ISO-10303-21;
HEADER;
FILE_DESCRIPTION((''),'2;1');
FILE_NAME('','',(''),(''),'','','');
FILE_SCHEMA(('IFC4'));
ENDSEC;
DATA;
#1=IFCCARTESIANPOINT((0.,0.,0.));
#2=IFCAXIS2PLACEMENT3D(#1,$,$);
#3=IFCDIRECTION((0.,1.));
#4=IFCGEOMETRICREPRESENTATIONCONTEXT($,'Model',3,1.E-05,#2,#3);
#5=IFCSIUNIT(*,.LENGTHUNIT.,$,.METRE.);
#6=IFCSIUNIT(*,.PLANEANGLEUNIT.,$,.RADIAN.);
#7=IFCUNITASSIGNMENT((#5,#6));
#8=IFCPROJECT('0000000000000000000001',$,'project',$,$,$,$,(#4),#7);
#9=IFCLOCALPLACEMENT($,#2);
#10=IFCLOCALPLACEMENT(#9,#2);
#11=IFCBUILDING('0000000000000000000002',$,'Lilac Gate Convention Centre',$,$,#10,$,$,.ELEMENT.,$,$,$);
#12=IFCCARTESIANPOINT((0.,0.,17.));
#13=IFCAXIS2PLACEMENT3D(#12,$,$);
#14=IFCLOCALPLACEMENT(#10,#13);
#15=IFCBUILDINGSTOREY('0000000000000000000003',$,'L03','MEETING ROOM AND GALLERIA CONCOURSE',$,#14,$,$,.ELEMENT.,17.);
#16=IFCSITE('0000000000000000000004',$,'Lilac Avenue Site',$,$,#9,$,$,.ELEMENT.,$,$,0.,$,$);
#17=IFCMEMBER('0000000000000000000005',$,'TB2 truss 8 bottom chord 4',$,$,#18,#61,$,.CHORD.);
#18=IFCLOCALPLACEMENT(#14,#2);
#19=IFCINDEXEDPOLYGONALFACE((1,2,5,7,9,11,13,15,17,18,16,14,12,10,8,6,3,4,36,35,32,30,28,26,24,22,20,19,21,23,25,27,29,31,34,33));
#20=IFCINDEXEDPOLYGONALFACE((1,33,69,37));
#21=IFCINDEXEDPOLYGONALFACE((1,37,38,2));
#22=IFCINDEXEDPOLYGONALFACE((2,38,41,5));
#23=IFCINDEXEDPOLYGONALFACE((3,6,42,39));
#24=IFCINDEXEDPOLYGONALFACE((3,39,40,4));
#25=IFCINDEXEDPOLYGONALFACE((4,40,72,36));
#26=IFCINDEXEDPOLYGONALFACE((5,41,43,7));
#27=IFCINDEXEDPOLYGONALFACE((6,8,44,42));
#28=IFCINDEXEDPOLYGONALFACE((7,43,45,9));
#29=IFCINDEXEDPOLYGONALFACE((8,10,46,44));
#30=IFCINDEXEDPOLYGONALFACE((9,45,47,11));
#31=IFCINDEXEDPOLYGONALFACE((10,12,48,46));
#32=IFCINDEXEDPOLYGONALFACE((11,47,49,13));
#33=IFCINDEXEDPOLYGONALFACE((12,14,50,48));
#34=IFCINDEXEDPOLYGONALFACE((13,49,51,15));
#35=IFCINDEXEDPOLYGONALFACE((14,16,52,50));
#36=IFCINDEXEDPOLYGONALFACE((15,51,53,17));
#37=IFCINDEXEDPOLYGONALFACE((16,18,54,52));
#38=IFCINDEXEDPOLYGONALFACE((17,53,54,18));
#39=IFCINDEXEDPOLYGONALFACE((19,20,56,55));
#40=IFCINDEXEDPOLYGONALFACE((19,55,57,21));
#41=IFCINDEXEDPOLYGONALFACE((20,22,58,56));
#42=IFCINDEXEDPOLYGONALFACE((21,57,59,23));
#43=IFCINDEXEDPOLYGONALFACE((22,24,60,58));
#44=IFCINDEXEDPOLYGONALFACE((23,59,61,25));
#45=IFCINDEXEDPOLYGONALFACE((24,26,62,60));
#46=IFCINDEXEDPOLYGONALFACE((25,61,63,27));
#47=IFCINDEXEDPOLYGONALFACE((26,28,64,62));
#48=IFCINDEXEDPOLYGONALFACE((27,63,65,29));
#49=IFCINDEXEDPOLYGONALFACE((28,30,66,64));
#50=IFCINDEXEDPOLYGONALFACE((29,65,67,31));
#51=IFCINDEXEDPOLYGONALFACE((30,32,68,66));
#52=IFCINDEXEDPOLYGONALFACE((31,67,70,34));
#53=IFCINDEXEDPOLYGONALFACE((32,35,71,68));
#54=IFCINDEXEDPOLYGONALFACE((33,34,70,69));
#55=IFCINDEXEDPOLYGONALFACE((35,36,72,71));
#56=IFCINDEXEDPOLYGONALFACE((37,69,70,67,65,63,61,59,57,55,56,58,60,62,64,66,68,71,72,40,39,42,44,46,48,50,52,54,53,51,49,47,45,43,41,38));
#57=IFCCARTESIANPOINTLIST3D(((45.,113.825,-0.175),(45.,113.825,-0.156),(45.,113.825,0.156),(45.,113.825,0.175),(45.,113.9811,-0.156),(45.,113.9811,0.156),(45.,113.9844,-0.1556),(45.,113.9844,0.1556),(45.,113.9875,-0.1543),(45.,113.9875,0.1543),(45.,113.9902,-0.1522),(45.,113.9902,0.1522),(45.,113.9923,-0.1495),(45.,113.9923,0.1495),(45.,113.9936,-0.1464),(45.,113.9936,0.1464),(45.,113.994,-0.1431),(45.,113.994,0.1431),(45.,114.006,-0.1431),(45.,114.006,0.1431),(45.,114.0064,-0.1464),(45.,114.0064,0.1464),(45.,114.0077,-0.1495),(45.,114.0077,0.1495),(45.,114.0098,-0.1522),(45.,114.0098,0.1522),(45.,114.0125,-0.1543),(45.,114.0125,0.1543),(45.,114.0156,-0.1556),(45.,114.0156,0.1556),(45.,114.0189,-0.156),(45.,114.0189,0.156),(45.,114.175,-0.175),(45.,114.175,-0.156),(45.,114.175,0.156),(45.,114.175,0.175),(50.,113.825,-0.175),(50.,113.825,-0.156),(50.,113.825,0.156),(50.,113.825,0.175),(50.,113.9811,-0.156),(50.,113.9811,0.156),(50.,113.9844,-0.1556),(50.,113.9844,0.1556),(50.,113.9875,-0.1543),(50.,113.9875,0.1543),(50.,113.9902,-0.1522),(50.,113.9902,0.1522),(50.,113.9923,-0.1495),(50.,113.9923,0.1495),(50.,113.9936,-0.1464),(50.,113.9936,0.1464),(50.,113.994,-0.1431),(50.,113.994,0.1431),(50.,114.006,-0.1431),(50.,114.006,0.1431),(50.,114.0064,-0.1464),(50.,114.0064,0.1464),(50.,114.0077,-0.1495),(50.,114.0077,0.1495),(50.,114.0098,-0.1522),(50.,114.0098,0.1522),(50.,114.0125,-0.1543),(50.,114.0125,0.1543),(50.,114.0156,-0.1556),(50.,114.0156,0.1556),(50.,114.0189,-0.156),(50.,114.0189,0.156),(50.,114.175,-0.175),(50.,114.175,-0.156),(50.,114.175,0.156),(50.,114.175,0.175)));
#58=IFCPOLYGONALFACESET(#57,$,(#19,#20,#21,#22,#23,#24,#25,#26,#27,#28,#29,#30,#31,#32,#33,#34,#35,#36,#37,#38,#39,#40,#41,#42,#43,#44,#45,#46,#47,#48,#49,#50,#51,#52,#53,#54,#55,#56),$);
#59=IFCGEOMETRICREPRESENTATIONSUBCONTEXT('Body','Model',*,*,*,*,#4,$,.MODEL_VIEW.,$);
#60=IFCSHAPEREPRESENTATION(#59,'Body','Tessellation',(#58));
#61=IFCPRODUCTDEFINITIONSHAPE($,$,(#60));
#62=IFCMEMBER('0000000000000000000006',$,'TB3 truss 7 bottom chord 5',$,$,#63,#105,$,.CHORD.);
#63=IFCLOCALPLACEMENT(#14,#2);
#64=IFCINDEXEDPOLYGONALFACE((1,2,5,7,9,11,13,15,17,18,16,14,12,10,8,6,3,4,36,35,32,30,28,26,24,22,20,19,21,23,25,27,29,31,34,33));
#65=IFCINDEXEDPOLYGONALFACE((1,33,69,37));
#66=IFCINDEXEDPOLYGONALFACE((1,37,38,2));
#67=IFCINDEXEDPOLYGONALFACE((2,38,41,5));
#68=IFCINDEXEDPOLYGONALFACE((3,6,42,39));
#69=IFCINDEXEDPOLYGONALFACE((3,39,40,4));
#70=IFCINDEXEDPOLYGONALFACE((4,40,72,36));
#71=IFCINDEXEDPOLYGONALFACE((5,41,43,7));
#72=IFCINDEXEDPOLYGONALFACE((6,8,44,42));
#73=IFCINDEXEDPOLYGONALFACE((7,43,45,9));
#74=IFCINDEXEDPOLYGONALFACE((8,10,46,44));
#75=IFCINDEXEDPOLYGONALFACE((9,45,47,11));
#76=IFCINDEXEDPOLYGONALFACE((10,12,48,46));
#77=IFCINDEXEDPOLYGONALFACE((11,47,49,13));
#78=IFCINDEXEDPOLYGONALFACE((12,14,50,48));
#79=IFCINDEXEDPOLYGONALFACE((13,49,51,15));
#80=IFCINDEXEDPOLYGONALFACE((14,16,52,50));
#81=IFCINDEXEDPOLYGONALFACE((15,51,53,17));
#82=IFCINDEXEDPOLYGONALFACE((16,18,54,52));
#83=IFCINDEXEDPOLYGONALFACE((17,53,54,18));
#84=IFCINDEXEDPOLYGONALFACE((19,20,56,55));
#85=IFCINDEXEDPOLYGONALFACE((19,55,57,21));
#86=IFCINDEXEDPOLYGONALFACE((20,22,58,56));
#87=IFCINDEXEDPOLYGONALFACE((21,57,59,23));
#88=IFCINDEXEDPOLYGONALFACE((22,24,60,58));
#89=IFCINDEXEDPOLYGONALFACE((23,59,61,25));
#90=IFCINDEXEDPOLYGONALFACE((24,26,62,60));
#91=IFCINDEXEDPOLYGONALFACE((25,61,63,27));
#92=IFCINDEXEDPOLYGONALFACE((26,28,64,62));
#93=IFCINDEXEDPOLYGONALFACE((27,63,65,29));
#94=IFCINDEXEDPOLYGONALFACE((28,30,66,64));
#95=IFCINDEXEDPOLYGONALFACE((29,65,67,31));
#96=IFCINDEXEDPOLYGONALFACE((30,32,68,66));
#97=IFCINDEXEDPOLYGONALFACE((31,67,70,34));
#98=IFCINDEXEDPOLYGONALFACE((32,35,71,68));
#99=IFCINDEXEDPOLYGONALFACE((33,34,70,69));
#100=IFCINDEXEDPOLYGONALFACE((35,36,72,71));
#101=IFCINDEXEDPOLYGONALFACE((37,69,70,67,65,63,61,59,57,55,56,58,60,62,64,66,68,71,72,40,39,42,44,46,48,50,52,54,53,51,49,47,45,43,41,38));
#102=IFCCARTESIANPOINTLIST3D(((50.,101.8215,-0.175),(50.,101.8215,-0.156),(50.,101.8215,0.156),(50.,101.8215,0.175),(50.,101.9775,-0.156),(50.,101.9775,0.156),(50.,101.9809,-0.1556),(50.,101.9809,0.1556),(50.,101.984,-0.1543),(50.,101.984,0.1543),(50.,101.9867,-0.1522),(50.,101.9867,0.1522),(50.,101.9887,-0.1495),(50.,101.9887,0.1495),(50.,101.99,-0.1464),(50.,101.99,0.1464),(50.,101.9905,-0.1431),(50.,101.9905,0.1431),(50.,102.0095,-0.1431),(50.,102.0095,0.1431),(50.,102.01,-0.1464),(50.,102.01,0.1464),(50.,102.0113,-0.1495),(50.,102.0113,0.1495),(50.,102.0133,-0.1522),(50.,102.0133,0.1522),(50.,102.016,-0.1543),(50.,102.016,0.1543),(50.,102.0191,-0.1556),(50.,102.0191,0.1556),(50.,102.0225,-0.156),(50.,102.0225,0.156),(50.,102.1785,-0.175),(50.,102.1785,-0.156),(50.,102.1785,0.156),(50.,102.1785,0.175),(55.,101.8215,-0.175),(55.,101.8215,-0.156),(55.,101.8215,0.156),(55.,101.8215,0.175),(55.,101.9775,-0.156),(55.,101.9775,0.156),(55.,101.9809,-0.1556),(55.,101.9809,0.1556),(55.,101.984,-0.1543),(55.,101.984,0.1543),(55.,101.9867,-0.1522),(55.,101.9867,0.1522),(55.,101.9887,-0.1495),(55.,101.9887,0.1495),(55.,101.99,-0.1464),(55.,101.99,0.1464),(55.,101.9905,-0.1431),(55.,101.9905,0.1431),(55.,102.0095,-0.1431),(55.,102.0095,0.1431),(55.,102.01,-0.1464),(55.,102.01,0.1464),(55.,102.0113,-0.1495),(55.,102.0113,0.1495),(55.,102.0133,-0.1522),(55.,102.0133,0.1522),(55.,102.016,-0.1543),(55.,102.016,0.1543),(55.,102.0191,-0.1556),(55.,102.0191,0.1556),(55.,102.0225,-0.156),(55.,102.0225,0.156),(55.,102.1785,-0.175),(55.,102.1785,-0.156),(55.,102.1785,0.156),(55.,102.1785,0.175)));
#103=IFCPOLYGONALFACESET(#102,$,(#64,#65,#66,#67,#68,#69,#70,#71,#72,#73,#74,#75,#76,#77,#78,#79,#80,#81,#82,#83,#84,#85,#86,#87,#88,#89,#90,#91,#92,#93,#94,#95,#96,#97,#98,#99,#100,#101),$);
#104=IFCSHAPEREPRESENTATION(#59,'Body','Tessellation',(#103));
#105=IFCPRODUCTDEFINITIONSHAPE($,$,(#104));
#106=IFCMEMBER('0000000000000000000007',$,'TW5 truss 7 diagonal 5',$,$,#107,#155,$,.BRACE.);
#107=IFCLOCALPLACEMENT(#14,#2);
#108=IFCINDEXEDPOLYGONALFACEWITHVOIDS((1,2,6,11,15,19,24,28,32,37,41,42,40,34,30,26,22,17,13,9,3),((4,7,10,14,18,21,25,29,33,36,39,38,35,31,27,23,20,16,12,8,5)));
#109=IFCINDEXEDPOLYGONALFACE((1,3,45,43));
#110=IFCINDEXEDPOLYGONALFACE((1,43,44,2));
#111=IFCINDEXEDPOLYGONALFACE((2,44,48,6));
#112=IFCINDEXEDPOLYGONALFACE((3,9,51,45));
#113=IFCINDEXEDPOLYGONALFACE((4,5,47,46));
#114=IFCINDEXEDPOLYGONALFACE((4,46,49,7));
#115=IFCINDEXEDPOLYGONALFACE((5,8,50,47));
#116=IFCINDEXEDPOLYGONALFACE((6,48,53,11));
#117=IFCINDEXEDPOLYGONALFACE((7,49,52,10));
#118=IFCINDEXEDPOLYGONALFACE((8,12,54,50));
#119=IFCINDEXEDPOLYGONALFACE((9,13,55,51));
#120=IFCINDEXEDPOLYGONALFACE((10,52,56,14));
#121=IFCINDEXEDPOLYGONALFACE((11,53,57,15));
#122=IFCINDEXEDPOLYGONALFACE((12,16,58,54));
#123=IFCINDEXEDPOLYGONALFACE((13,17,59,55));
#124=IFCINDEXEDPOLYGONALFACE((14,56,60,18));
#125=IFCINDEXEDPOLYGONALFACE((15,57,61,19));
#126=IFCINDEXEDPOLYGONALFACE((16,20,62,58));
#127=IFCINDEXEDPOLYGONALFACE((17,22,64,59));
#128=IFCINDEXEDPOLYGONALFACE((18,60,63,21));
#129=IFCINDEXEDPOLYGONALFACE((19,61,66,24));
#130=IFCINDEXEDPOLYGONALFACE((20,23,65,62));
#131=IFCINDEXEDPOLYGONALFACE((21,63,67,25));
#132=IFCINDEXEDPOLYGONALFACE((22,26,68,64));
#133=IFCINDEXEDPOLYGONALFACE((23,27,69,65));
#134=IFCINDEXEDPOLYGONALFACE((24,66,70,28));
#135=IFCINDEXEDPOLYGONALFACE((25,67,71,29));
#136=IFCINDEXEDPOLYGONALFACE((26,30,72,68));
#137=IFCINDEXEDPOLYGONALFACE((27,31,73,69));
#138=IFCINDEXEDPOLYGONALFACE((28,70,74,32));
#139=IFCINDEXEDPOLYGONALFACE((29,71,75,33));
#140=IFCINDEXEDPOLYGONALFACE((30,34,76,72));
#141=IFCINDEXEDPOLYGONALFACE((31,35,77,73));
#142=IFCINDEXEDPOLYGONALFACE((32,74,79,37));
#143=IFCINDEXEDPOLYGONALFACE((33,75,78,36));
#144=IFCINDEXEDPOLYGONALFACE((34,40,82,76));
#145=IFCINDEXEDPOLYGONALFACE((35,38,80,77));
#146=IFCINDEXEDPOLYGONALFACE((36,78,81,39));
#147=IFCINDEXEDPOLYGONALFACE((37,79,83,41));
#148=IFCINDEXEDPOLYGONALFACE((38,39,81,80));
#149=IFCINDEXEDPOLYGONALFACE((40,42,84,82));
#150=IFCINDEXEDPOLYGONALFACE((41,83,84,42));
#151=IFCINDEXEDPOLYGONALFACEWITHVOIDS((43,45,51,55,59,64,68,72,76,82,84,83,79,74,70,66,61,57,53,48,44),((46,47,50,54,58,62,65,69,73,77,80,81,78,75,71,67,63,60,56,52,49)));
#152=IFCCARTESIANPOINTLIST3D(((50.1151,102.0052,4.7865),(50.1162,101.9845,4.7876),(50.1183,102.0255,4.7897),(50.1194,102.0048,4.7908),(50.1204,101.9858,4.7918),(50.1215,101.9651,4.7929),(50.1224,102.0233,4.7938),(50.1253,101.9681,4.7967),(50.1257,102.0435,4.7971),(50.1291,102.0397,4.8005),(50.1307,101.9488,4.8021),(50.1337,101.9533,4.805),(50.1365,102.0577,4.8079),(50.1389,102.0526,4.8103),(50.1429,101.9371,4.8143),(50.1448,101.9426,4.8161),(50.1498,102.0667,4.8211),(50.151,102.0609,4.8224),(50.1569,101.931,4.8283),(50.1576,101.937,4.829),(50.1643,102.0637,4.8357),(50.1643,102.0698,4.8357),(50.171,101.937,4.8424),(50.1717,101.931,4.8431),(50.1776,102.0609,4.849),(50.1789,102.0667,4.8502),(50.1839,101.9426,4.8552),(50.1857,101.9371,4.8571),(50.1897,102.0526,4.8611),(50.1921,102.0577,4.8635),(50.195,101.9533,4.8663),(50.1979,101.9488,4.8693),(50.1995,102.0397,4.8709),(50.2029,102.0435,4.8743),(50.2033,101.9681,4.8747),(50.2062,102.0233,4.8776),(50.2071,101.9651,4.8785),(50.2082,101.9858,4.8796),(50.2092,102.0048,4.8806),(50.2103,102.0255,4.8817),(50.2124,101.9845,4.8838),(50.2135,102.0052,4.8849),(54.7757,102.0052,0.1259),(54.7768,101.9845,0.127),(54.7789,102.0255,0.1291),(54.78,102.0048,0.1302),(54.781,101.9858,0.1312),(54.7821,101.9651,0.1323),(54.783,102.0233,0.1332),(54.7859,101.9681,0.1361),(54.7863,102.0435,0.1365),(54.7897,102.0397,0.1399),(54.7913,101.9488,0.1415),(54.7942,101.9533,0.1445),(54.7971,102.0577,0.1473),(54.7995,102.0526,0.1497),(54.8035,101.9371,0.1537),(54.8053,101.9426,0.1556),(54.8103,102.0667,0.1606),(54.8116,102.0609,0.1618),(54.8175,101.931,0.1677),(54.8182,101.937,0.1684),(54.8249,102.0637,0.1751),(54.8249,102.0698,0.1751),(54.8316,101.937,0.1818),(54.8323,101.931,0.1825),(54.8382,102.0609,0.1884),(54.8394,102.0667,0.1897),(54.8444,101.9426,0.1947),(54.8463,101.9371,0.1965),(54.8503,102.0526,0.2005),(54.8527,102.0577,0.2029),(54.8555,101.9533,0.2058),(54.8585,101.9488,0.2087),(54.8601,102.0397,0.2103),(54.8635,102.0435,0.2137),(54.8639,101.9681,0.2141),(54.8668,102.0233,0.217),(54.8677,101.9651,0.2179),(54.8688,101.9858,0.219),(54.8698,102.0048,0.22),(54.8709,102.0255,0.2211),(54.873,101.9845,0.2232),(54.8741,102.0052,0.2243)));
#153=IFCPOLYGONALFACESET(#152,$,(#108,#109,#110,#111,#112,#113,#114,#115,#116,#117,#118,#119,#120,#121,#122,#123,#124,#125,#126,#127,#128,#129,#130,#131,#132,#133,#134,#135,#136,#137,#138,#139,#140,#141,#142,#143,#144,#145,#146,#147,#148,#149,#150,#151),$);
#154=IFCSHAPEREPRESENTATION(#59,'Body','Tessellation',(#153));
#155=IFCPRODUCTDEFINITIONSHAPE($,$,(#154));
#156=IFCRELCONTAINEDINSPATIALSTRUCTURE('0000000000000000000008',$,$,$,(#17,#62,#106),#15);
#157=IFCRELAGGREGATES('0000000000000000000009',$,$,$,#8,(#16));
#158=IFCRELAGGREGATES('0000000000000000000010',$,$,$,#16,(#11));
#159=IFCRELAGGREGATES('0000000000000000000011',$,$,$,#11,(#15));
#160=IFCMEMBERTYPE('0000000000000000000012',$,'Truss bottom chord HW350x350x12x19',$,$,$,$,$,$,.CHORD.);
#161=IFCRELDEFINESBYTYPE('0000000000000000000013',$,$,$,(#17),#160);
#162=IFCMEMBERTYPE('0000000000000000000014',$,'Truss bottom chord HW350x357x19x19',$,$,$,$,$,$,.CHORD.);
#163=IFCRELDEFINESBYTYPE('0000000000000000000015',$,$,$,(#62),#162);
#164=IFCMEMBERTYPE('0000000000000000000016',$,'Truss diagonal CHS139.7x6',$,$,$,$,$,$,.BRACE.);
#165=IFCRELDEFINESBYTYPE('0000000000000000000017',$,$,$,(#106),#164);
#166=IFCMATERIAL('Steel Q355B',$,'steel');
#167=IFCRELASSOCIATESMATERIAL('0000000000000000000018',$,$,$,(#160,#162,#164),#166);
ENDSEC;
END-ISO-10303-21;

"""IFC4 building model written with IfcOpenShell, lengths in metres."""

from ifc_helpers import new_model, si_unit, direction, frame, origin, origin_2d, place, context, subcontext, project, spatial, hollow_circle, i_section, extrude, material, material_profile, profile_set, type_object, element, save


model = new_model("IFC4")

# Units and contexts
model_context = context("Model", 3, precision=1e-05, world=origin(), true_north=direction((0.0, 1.0)))
body_context = subcontext(model_context, "Body", "Model", "MODEL_VIEW")
ifc_project = project(units=[si_unit("LENGTHUNIT", "METRE"), si_unit("PLANEANGLEUNIT", "RADIAN")], contexts=[model_context])

# Site, building, storey
site_placement = place(None, origin())
site = spatial("IfcSite", under=ifc_project, at=site_placement, Name="Lilac Avenue Site", CompositionType="ELEMENT", RefElevation=0.0)
building_placement = place(site_placement, origin())
building = spatial("IfcBuilding", under=site, at=building_placement, Name="Lilac Gate Convention Centre", CompositionType="ELEMENT")
storey_placement = place(building_placement, frame((0.0, 0.0, 17.0)))
storey = spatial("IfcBuildingStorey", under=building, at=storey_placement, Name="L03", Description="MEETING ROOM AND GALLERIA CONCOURSE", CompositionType="ELEMENT", Elevation=17.0)

# Members
ifc_material = material(Name="Steel Q355B", Category="steel")
ifc_material_profile_1 = material_profile(ifc_material, i_section(OverallWidth=0.3501, OverallDepth=0.3501, WebThickness=0.012, FlangeThickness=0.019, FilletRadius=0.0129, at=origin_2d()), Name="HW350x350x12x19")
ifc_profile_set_1 = profile_set([ifc_material_profile_1], Name="Steel Q355B")
member_type_1 = type_object("IfcMemberType", Name="Truss bottom chord HW350x350x12x19", PredefinedType="CHORD", material=ifc_profile_set_1)
for number, where, z_axis, x_axis, name in (
    (1, (45.0, 114.0, 0.0), (1.0, 0.0, 0.0), (0.0, 1.0, 0.0), "TB2 truss 8 bottom chord 4"),
):
    element("IfcMember", number, at=place(storey_placement, frame(where, z_axis=z_axis, x_axis=x_axis)), inside=storey, type_object=member_type_1, Name=name, PredefinedType="CHORD", context=body_context, shape_type="SweptSolid", body=[
        extrude(i_section(OverallWidth=0.3501, OverallDepth=0.3501, WebThickness=0.012, FlangeThickness=0.019, FilletRadius=0.0129, at=origin_2d()), origin(), (0.0, 0.0, 1.0), 5.0),
    ])
ifc_material_profile_2 = material_profile(ifc_material, i_section(OverallWidth=0.3569, OverallDepth=0.3501, WebThickness=0.019, FlangeThickness=0.019, FilletRadius=0.0129, at=origin_2d()), Name="HW350x357x19x19")
ifc_profile_set_2 = profile_set([ifc_material_profile_2], Name="Steel Q355B")
member_type_2 = type_object("IfcMemberType", Name="Truss bottom chord HW350x357x19x19", PredefinedType="CHORD", material=ifc_profile_set_2)
member_1_placement = place(storey_placement, frame((50.0, 102.0, 0.0), z_axis=(1.0, 0.0, 0.0), x_axis=(0.0, 1.0, 0.0)))
element("IfcMember", 2, at=member_1_placement, inside=storey, type_object=member_type_2, Name="TB3 truss 7 bottom chord 5", PredefinedType="CHORD", context=body_context, shape_type="SweptSolid", body=[
    extrude(i_section(OverallWidth=0.3569, OverallDepth=0.3501, WebThickness=0.019, FlangeThickness=0.019, FilletRadius=0.0129, at=origin_2d()), origin(), (0.0, 0.0, 1.0), 5.0),
])
ifc_material_profile_3 = material_profile(ifc_material, hollow_circle(Radius=0.0698, WallThickness=0.0061, at=origin_2d()), Name="CHS139.7x6")
ifc_profile_set_3 = profile_set([ifc_material_profile_3], Name="Steel Q355B")
member_type_3 = type_object("IfcMemberType", Name="Truss diagonal CHS139.7x6", PredefinedType="BRACE", material=ifc_profile_set_3)
member_2_placement = place(storey_placement, frame((50.1643, 102.0, 4.8357), z_axis=(0.707107, 0.0, -0.707107), x_axis=(0.0, 1.0, 0.0)))
element("IfcMember", 3, at=member_2_placement, inside=storey, type_object=member_type_3, Name="TW5 truss 7 diagonal 5", PredefinedType="BRACE", context=body_context, shape_type="SweptSolid", body=[
    extrude(hollow_circle(Radius=0.0698, WallThickness=0.0061, at=origin_2d()), origin(), (0.0, 0.0, 1.0), 6.5911),
])

save(model, "model.ifc")
